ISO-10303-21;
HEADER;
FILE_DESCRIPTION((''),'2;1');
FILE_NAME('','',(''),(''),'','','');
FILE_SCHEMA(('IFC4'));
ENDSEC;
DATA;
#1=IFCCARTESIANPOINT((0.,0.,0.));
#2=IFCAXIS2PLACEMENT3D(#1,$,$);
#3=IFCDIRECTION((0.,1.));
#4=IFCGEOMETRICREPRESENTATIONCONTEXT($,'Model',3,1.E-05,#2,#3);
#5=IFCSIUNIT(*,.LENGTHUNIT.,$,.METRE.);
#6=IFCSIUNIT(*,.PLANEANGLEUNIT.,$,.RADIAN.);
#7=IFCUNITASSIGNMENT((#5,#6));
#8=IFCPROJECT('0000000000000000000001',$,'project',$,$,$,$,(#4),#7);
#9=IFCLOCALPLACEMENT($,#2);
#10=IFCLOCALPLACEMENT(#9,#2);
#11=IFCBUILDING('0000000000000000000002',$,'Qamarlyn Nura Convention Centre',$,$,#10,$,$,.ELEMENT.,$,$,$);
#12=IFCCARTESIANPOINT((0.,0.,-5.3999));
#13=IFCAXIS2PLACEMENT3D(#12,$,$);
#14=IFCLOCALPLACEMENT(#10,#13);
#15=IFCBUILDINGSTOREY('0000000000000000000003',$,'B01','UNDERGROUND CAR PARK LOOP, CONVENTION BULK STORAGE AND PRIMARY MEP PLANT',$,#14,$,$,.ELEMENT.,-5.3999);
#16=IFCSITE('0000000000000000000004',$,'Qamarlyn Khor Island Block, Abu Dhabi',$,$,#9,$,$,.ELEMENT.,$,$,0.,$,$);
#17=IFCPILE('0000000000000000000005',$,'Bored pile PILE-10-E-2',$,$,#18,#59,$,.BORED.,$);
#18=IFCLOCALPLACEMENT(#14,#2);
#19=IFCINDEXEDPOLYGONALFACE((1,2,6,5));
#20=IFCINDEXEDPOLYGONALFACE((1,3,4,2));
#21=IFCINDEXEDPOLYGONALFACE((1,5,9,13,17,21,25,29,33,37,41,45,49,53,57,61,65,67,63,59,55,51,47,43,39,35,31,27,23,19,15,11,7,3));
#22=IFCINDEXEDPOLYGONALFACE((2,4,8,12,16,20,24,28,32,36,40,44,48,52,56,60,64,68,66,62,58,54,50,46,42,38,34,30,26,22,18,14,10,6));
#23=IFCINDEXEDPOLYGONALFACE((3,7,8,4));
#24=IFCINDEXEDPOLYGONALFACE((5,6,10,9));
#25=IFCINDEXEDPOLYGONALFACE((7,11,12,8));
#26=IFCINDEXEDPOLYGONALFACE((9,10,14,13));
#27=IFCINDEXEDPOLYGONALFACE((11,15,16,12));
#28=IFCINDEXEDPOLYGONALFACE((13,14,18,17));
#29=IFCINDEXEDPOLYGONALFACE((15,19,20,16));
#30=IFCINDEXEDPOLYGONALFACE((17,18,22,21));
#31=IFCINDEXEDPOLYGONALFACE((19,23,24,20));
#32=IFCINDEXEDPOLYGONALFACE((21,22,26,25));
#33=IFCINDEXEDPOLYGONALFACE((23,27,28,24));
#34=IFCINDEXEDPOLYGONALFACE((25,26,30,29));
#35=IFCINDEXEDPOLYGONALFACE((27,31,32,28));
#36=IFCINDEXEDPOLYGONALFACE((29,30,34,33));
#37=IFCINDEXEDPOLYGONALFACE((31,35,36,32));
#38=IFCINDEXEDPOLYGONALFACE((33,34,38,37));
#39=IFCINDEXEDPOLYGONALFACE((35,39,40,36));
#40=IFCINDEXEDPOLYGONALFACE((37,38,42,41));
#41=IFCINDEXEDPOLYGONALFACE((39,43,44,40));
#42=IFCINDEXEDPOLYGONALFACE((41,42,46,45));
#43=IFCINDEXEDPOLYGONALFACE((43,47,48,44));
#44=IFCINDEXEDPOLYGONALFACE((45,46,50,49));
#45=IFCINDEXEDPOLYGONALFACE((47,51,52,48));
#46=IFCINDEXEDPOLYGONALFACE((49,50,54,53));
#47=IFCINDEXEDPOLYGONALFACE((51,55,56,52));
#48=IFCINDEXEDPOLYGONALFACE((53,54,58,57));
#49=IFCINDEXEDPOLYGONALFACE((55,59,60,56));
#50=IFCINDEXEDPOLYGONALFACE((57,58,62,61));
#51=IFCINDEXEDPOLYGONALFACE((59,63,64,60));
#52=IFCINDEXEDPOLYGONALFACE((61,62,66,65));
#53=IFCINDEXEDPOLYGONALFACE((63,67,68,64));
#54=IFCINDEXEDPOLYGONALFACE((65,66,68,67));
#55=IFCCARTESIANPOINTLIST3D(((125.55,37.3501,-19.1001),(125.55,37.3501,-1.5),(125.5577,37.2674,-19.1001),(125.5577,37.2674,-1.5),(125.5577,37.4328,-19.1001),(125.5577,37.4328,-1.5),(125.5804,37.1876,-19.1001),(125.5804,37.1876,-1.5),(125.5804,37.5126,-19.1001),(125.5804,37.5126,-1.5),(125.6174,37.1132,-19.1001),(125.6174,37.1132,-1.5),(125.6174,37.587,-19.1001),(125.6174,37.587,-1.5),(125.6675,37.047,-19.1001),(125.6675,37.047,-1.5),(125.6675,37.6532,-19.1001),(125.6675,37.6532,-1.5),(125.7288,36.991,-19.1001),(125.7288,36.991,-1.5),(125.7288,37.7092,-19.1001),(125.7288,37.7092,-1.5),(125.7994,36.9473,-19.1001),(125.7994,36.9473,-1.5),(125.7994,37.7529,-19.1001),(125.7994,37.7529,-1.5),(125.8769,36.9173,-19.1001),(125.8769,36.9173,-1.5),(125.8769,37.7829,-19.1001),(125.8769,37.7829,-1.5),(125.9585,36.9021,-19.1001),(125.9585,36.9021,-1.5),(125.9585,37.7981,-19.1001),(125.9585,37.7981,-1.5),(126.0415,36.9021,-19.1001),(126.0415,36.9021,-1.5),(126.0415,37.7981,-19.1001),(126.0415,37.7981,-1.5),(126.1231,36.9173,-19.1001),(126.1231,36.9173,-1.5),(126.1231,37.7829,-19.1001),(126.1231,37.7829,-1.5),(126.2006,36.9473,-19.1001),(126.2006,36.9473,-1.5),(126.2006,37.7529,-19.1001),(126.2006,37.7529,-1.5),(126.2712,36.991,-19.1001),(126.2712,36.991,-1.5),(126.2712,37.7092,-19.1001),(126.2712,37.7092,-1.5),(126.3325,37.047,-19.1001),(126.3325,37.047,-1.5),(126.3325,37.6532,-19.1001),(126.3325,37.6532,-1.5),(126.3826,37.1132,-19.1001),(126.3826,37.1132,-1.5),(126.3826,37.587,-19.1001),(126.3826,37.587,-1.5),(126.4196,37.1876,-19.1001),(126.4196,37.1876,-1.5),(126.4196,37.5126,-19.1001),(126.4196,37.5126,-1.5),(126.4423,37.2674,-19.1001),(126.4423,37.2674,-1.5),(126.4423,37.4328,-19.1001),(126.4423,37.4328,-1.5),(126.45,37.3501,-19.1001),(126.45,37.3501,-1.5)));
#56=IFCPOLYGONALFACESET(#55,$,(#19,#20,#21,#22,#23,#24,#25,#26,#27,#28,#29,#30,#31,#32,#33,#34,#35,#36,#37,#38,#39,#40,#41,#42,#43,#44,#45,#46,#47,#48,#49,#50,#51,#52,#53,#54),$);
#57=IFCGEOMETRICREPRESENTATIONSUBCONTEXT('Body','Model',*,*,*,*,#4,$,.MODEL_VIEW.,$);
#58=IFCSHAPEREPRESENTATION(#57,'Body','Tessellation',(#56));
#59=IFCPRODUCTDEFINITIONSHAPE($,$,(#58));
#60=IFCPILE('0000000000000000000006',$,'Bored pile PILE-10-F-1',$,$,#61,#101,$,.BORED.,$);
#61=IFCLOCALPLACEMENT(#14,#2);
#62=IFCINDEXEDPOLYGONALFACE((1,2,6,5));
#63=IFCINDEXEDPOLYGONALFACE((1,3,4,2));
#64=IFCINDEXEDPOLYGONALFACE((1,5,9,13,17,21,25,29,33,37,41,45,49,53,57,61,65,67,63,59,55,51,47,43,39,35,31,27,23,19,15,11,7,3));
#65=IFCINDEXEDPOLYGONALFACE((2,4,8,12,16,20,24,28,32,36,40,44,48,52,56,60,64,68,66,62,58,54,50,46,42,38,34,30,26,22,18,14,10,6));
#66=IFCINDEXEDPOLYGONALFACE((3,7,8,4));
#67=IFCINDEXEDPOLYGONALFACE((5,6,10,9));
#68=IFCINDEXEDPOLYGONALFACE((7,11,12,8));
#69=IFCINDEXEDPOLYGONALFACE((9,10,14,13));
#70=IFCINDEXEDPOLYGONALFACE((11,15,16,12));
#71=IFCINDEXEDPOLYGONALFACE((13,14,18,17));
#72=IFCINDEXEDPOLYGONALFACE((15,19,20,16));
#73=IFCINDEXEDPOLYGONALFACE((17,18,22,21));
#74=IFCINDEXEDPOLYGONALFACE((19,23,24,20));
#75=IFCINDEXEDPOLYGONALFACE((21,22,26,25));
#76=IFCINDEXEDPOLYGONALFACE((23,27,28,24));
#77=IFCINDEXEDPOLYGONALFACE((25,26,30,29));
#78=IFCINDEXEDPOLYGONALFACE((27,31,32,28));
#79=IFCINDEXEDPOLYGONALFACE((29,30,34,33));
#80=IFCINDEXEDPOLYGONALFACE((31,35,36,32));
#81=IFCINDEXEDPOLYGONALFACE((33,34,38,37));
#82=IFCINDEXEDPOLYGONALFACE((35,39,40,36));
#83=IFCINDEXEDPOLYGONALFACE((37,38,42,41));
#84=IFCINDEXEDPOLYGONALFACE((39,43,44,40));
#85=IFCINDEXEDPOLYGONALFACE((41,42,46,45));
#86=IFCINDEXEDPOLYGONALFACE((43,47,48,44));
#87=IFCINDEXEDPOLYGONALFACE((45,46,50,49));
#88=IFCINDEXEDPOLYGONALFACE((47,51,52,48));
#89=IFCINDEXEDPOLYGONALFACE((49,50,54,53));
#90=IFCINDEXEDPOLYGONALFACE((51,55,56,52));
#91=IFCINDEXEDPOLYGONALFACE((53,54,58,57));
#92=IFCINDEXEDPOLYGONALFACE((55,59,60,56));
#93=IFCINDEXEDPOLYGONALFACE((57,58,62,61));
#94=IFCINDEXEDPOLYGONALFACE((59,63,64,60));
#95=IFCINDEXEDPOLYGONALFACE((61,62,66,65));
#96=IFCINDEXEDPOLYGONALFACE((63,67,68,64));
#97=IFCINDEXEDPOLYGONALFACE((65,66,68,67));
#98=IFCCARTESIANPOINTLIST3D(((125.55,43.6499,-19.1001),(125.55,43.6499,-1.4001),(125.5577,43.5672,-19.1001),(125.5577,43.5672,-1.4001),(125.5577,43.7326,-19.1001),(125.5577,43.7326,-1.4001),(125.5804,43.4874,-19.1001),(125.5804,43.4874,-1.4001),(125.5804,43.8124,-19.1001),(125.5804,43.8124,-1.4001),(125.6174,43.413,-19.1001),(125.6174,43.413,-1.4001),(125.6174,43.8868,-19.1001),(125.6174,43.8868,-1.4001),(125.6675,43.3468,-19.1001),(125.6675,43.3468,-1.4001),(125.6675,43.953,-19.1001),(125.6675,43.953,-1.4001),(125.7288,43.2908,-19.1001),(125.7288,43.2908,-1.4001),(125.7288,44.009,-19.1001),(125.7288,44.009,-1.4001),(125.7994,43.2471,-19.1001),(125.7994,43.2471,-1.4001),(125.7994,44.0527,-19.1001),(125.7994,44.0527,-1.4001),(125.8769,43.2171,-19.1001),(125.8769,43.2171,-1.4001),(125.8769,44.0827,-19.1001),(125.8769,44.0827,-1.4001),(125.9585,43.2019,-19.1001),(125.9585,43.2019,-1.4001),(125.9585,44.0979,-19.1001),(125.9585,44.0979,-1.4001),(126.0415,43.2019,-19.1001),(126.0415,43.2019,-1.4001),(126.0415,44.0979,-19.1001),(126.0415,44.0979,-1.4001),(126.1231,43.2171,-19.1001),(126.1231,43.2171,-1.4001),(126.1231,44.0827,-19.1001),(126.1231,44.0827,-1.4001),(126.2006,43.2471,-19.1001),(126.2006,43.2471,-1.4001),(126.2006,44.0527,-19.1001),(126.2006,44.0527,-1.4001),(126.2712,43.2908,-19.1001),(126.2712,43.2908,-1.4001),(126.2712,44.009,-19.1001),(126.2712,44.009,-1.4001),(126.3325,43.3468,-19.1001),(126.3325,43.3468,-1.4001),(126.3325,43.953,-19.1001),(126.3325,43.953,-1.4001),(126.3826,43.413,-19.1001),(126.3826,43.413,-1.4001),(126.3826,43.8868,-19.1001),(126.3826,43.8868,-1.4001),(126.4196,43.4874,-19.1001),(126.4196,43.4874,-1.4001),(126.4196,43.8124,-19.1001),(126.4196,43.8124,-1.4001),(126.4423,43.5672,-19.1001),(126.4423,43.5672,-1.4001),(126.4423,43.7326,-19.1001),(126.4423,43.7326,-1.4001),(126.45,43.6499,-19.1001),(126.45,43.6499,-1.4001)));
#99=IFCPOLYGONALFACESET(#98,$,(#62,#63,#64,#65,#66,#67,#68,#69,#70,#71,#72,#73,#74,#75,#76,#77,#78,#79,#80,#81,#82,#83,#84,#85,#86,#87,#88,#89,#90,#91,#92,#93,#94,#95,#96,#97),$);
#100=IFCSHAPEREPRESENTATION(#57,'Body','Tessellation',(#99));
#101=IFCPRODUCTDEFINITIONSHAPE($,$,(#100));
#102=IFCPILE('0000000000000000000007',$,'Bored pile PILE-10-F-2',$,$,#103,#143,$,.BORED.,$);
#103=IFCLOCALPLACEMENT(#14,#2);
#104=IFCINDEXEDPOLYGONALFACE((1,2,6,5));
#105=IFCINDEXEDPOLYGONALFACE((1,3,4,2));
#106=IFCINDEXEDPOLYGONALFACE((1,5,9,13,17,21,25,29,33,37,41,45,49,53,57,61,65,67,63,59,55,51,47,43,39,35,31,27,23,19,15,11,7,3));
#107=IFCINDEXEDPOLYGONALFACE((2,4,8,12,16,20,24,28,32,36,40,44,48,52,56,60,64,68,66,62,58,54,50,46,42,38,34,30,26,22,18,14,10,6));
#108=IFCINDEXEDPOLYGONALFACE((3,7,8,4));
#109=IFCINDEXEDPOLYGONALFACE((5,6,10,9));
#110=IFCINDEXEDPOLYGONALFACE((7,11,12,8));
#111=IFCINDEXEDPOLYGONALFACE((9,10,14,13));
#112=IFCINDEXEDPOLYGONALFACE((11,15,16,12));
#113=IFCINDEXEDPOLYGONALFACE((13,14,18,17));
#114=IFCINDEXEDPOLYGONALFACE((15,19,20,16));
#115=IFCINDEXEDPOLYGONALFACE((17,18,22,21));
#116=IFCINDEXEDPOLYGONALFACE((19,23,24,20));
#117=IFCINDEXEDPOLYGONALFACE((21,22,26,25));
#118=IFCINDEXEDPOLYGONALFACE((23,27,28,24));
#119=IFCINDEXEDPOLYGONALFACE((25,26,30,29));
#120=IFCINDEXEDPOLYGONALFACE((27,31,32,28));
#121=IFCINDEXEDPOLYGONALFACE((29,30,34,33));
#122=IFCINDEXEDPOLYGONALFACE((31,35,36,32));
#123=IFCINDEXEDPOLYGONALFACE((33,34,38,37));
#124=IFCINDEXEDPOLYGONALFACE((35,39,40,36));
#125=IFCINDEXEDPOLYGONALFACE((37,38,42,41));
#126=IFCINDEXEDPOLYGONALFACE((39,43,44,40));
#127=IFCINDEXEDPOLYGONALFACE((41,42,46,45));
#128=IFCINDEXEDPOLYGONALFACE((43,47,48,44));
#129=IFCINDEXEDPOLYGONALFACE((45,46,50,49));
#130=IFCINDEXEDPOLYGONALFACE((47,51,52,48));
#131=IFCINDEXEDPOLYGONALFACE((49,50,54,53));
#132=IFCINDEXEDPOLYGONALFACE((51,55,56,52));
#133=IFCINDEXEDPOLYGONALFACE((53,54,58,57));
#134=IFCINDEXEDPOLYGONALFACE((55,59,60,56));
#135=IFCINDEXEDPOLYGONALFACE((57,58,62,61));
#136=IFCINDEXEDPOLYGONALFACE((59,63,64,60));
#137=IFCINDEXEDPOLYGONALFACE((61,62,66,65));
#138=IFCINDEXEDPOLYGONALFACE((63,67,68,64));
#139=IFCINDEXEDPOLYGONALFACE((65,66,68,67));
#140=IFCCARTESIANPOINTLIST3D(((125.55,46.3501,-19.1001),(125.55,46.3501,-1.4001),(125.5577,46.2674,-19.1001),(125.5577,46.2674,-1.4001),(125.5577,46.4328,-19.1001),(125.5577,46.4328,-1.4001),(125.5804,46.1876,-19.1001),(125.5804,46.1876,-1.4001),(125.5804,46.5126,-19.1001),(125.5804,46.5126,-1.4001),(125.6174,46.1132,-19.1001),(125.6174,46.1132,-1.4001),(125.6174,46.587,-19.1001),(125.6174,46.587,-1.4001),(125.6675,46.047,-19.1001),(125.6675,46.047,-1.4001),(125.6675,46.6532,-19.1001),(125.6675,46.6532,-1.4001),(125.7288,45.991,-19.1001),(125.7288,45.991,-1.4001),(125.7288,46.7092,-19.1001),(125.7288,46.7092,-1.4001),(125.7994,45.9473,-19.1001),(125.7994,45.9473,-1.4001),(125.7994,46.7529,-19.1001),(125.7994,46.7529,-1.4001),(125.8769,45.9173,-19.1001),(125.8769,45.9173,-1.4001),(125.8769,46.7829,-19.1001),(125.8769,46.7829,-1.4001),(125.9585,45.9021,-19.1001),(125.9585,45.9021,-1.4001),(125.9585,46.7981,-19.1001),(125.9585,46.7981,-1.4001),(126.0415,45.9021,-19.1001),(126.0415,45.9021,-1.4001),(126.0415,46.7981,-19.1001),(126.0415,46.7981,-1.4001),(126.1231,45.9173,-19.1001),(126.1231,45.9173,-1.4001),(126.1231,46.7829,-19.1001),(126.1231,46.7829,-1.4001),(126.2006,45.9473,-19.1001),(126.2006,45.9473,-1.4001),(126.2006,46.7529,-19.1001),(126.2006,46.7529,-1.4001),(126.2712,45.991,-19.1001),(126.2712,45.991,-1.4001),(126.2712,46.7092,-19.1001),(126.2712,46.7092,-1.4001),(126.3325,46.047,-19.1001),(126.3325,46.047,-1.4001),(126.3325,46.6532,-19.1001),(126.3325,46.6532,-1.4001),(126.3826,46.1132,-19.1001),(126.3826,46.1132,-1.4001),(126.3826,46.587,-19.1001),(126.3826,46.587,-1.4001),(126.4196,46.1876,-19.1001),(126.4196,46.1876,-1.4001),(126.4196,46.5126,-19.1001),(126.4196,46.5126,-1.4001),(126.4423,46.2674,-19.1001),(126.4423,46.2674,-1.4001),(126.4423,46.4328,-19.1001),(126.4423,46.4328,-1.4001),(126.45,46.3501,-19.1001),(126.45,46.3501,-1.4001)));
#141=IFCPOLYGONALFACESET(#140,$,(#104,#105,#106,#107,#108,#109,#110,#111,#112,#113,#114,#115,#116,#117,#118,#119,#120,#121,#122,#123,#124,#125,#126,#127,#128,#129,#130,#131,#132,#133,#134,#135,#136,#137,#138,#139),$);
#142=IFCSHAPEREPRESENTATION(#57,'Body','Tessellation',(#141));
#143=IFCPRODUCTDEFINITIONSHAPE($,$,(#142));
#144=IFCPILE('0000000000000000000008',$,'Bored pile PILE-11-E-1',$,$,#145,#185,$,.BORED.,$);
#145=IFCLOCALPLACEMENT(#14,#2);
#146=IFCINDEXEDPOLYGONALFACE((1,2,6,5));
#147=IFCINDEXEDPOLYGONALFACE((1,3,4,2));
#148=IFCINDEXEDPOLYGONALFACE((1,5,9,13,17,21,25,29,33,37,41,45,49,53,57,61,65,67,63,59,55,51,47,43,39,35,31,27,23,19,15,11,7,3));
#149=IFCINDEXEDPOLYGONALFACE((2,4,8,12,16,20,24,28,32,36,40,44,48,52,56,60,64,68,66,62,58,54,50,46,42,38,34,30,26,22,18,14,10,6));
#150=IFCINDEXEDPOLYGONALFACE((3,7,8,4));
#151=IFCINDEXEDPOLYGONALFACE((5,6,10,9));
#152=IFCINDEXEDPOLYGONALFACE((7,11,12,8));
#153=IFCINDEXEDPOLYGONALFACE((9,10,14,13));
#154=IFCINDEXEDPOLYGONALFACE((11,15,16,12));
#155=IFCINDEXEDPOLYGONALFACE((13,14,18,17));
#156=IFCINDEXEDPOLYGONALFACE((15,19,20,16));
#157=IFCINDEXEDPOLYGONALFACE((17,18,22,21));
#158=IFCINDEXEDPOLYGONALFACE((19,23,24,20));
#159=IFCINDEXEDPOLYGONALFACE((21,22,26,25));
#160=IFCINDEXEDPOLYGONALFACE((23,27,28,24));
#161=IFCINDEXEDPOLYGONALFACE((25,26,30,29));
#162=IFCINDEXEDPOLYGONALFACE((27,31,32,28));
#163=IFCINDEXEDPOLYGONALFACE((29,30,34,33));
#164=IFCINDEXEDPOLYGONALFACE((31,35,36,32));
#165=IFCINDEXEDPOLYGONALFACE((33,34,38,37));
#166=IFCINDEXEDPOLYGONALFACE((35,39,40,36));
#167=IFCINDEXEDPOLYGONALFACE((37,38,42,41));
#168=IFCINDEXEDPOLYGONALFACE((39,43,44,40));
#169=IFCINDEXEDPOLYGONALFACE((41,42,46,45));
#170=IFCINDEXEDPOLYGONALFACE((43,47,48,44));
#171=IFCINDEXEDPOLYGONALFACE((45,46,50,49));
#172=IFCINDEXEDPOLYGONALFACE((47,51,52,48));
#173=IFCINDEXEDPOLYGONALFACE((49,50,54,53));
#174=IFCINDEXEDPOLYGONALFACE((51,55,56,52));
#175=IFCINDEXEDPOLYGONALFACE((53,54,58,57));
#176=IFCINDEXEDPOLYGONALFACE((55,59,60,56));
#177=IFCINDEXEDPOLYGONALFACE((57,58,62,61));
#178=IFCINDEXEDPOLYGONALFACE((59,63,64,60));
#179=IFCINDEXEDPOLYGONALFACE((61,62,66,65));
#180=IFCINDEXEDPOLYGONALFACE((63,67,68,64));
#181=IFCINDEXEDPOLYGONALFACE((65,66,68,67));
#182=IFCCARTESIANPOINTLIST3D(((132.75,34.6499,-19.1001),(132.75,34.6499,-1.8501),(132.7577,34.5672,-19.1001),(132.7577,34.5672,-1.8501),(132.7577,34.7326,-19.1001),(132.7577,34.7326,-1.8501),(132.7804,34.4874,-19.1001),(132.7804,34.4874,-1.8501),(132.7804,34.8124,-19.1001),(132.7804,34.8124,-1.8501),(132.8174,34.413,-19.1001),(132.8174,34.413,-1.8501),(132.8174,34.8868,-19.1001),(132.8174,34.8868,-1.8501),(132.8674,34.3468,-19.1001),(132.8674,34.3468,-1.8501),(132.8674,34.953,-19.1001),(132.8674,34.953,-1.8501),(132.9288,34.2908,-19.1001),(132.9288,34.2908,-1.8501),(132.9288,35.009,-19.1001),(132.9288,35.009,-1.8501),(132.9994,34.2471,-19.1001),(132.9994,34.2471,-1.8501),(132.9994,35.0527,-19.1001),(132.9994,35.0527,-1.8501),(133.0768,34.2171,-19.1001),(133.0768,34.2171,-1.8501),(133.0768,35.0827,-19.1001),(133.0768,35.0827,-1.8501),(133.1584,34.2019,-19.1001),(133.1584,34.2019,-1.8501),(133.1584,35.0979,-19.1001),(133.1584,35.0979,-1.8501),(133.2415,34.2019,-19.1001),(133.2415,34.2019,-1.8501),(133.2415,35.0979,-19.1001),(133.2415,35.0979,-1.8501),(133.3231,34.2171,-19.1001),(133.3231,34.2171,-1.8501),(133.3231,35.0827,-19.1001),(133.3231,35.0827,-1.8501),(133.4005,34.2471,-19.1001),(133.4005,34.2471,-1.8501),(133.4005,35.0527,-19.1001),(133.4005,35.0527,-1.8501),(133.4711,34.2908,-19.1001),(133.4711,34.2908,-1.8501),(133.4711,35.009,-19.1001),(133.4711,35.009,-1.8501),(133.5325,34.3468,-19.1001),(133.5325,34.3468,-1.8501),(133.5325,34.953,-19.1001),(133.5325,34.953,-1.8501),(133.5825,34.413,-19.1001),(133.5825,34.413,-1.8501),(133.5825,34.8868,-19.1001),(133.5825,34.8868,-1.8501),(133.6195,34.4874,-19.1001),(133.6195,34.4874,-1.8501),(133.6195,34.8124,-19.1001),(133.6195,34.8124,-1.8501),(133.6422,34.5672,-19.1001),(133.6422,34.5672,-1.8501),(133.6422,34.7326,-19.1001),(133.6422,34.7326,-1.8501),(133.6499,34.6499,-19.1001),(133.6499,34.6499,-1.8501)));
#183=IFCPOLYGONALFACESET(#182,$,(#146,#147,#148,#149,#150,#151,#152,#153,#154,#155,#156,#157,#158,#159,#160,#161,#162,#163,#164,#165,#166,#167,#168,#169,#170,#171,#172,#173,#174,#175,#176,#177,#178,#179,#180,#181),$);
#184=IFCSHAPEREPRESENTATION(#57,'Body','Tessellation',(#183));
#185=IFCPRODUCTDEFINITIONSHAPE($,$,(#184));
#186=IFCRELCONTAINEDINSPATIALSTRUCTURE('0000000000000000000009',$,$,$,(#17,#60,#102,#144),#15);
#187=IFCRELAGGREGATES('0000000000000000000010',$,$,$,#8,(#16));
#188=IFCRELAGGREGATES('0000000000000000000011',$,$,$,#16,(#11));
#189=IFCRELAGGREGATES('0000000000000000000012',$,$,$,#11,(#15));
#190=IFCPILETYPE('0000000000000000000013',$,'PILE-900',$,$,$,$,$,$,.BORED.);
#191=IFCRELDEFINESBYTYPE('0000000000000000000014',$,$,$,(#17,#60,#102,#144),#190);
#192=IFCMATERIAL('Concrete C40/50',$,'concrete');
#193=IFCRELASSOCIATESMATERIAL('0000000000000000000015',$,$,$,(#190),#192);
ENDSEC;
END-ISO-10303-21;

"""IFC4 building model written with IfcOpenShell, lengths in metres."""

from ifc_helpers import new_model, si_unit, direction, frame, origin, origin_2d, place, context, subcontext, project, spatial, circle, extrude, material, material_profile, profile_set, type_object, element, save


model = new_model("IFC4")

# Units and contexts
model_context = context("Model", 3, precision=1e-05, world=origin(), true_north=direction((0.0, 1.0)))
body_context = subcontext(model_context, "Body", "Model", "MODEL_VIEW")
ifc_project = project(units=[si_unit("LENGTHUNIT", "METRE"), si_unit("PLANEANGLEUNIT", "RADIAN")], contexts=[model_context])

# Site, building, storey
site_placement = place(None, origin())
site = spatial("IfcSite", under=ifc_project, at=site_placement, Name="Qamarlyn Khor Island Block, Abu Dhabi", CompositionType="ELEMENT", RefElevation=0.0)
building_placement = place(site_placement, origin())
building = spatial("IfcBuilding", under=site, at=building_placement, Name="Qamarlyn Nura Convention Centre", CompositionType="ELEMENT")
storey_placement = place(building_placement, frame((0.0, 0.0, -5.3999)))
storey = spatial("IfcBuildingStorey", under=building, at=storey_placement, Name="B01", Description="UNDERGROUND CAR PARK LOOP, CONVENTION BULK STORAGE AND PRIMARY MEP PLANT", CompositionType="ELEMENT", Elevation=-5.3999)

# Shared definitions
ifc_material_1 = material(Name="Concrete C40/50", Category="concrete")

# Piles
ifc_material_profile_1 = material_profile(ifc_material_1, circle(Radius=0.45, at=origin_2d()), Name="BORED PILE 900")
ifc_profile_set_1 = profile_set([ifc_material_profile_1], Name="Concrete C40/50")
pile_type = type_object("IfcPileType", Name="PILE-900", PredefinedType="BORED", material=ifc_profile_set_1)
for number, where, z_axis, x_axis, name in (
    (1, (126.0, 37.3501, -1.5), (0.0, 0.0, -1.0), (1.0, 0.0, 0.0), "Bored pile PILE-10-E-2"),
):
    element("IfcPile", number, at=place(storey_placement, frame(where, z_axis=z_axis, x_axis=x_axis)), inside=storey, type_object=pile_type, Name=name, PredefinedType="BORED", context=body_context, shape_type="SweptSolid", body=[
        extrude(circle(Radius=0.45, at=origin_2d()), origin(), (0.0, 0.0, 1.0), 17.6001),
    ])
for number, where, z_axis, x_axis, name in (
    (2, (126.0, 43.6499, -1.4001), (0.0, 0.0, -1.0), (1.0, 0.0, 0.0), "Bored pile PILE-10-F-1"),
    (3, (126.0, 46.3501, -1.4001), (0.0, 0.0, -1.0), (1.0, 0.0, 0.0), "Bored pile PILE-10-F-2"),
):
    element("IfcPile", number, at=place(storey_placement, frame(where, z_axis=z_axis, x_axis=x_axis)), inside=storey, type_object=pile_type, Name=name, PredefinedType="BORED", context=body_context, shape_type="SweptSolid", body=[
        extrude(circle(Radius=0.45, at=origin_2d()), origin(), (0.0, 0.0, 1.0), 17.7),
    ])
for number, where, z_axis, x_axis, name in (
    (4, (133.2, 34.6499, -1.8501), (0.0, 0.0, -1.0), (1.0, 0.0, 0.0), "Bored pile PILE-11-E-1"),
):
    element("IfcPile", number, at=place(storey_placement, frame(where, z_axis=z_axis, x_axis=x_axis)), inside=storey, type_object=pile_type, Name=name, PredefinedType="BORED", context=body_context, shape_type="SweptSolid", body=[
        extrude(circle(Radius=0.45, at=origin_2d()), origin(), (0.0, 0.0, 1.0), 17.25),
    ])

save(model, "model.ifc")
